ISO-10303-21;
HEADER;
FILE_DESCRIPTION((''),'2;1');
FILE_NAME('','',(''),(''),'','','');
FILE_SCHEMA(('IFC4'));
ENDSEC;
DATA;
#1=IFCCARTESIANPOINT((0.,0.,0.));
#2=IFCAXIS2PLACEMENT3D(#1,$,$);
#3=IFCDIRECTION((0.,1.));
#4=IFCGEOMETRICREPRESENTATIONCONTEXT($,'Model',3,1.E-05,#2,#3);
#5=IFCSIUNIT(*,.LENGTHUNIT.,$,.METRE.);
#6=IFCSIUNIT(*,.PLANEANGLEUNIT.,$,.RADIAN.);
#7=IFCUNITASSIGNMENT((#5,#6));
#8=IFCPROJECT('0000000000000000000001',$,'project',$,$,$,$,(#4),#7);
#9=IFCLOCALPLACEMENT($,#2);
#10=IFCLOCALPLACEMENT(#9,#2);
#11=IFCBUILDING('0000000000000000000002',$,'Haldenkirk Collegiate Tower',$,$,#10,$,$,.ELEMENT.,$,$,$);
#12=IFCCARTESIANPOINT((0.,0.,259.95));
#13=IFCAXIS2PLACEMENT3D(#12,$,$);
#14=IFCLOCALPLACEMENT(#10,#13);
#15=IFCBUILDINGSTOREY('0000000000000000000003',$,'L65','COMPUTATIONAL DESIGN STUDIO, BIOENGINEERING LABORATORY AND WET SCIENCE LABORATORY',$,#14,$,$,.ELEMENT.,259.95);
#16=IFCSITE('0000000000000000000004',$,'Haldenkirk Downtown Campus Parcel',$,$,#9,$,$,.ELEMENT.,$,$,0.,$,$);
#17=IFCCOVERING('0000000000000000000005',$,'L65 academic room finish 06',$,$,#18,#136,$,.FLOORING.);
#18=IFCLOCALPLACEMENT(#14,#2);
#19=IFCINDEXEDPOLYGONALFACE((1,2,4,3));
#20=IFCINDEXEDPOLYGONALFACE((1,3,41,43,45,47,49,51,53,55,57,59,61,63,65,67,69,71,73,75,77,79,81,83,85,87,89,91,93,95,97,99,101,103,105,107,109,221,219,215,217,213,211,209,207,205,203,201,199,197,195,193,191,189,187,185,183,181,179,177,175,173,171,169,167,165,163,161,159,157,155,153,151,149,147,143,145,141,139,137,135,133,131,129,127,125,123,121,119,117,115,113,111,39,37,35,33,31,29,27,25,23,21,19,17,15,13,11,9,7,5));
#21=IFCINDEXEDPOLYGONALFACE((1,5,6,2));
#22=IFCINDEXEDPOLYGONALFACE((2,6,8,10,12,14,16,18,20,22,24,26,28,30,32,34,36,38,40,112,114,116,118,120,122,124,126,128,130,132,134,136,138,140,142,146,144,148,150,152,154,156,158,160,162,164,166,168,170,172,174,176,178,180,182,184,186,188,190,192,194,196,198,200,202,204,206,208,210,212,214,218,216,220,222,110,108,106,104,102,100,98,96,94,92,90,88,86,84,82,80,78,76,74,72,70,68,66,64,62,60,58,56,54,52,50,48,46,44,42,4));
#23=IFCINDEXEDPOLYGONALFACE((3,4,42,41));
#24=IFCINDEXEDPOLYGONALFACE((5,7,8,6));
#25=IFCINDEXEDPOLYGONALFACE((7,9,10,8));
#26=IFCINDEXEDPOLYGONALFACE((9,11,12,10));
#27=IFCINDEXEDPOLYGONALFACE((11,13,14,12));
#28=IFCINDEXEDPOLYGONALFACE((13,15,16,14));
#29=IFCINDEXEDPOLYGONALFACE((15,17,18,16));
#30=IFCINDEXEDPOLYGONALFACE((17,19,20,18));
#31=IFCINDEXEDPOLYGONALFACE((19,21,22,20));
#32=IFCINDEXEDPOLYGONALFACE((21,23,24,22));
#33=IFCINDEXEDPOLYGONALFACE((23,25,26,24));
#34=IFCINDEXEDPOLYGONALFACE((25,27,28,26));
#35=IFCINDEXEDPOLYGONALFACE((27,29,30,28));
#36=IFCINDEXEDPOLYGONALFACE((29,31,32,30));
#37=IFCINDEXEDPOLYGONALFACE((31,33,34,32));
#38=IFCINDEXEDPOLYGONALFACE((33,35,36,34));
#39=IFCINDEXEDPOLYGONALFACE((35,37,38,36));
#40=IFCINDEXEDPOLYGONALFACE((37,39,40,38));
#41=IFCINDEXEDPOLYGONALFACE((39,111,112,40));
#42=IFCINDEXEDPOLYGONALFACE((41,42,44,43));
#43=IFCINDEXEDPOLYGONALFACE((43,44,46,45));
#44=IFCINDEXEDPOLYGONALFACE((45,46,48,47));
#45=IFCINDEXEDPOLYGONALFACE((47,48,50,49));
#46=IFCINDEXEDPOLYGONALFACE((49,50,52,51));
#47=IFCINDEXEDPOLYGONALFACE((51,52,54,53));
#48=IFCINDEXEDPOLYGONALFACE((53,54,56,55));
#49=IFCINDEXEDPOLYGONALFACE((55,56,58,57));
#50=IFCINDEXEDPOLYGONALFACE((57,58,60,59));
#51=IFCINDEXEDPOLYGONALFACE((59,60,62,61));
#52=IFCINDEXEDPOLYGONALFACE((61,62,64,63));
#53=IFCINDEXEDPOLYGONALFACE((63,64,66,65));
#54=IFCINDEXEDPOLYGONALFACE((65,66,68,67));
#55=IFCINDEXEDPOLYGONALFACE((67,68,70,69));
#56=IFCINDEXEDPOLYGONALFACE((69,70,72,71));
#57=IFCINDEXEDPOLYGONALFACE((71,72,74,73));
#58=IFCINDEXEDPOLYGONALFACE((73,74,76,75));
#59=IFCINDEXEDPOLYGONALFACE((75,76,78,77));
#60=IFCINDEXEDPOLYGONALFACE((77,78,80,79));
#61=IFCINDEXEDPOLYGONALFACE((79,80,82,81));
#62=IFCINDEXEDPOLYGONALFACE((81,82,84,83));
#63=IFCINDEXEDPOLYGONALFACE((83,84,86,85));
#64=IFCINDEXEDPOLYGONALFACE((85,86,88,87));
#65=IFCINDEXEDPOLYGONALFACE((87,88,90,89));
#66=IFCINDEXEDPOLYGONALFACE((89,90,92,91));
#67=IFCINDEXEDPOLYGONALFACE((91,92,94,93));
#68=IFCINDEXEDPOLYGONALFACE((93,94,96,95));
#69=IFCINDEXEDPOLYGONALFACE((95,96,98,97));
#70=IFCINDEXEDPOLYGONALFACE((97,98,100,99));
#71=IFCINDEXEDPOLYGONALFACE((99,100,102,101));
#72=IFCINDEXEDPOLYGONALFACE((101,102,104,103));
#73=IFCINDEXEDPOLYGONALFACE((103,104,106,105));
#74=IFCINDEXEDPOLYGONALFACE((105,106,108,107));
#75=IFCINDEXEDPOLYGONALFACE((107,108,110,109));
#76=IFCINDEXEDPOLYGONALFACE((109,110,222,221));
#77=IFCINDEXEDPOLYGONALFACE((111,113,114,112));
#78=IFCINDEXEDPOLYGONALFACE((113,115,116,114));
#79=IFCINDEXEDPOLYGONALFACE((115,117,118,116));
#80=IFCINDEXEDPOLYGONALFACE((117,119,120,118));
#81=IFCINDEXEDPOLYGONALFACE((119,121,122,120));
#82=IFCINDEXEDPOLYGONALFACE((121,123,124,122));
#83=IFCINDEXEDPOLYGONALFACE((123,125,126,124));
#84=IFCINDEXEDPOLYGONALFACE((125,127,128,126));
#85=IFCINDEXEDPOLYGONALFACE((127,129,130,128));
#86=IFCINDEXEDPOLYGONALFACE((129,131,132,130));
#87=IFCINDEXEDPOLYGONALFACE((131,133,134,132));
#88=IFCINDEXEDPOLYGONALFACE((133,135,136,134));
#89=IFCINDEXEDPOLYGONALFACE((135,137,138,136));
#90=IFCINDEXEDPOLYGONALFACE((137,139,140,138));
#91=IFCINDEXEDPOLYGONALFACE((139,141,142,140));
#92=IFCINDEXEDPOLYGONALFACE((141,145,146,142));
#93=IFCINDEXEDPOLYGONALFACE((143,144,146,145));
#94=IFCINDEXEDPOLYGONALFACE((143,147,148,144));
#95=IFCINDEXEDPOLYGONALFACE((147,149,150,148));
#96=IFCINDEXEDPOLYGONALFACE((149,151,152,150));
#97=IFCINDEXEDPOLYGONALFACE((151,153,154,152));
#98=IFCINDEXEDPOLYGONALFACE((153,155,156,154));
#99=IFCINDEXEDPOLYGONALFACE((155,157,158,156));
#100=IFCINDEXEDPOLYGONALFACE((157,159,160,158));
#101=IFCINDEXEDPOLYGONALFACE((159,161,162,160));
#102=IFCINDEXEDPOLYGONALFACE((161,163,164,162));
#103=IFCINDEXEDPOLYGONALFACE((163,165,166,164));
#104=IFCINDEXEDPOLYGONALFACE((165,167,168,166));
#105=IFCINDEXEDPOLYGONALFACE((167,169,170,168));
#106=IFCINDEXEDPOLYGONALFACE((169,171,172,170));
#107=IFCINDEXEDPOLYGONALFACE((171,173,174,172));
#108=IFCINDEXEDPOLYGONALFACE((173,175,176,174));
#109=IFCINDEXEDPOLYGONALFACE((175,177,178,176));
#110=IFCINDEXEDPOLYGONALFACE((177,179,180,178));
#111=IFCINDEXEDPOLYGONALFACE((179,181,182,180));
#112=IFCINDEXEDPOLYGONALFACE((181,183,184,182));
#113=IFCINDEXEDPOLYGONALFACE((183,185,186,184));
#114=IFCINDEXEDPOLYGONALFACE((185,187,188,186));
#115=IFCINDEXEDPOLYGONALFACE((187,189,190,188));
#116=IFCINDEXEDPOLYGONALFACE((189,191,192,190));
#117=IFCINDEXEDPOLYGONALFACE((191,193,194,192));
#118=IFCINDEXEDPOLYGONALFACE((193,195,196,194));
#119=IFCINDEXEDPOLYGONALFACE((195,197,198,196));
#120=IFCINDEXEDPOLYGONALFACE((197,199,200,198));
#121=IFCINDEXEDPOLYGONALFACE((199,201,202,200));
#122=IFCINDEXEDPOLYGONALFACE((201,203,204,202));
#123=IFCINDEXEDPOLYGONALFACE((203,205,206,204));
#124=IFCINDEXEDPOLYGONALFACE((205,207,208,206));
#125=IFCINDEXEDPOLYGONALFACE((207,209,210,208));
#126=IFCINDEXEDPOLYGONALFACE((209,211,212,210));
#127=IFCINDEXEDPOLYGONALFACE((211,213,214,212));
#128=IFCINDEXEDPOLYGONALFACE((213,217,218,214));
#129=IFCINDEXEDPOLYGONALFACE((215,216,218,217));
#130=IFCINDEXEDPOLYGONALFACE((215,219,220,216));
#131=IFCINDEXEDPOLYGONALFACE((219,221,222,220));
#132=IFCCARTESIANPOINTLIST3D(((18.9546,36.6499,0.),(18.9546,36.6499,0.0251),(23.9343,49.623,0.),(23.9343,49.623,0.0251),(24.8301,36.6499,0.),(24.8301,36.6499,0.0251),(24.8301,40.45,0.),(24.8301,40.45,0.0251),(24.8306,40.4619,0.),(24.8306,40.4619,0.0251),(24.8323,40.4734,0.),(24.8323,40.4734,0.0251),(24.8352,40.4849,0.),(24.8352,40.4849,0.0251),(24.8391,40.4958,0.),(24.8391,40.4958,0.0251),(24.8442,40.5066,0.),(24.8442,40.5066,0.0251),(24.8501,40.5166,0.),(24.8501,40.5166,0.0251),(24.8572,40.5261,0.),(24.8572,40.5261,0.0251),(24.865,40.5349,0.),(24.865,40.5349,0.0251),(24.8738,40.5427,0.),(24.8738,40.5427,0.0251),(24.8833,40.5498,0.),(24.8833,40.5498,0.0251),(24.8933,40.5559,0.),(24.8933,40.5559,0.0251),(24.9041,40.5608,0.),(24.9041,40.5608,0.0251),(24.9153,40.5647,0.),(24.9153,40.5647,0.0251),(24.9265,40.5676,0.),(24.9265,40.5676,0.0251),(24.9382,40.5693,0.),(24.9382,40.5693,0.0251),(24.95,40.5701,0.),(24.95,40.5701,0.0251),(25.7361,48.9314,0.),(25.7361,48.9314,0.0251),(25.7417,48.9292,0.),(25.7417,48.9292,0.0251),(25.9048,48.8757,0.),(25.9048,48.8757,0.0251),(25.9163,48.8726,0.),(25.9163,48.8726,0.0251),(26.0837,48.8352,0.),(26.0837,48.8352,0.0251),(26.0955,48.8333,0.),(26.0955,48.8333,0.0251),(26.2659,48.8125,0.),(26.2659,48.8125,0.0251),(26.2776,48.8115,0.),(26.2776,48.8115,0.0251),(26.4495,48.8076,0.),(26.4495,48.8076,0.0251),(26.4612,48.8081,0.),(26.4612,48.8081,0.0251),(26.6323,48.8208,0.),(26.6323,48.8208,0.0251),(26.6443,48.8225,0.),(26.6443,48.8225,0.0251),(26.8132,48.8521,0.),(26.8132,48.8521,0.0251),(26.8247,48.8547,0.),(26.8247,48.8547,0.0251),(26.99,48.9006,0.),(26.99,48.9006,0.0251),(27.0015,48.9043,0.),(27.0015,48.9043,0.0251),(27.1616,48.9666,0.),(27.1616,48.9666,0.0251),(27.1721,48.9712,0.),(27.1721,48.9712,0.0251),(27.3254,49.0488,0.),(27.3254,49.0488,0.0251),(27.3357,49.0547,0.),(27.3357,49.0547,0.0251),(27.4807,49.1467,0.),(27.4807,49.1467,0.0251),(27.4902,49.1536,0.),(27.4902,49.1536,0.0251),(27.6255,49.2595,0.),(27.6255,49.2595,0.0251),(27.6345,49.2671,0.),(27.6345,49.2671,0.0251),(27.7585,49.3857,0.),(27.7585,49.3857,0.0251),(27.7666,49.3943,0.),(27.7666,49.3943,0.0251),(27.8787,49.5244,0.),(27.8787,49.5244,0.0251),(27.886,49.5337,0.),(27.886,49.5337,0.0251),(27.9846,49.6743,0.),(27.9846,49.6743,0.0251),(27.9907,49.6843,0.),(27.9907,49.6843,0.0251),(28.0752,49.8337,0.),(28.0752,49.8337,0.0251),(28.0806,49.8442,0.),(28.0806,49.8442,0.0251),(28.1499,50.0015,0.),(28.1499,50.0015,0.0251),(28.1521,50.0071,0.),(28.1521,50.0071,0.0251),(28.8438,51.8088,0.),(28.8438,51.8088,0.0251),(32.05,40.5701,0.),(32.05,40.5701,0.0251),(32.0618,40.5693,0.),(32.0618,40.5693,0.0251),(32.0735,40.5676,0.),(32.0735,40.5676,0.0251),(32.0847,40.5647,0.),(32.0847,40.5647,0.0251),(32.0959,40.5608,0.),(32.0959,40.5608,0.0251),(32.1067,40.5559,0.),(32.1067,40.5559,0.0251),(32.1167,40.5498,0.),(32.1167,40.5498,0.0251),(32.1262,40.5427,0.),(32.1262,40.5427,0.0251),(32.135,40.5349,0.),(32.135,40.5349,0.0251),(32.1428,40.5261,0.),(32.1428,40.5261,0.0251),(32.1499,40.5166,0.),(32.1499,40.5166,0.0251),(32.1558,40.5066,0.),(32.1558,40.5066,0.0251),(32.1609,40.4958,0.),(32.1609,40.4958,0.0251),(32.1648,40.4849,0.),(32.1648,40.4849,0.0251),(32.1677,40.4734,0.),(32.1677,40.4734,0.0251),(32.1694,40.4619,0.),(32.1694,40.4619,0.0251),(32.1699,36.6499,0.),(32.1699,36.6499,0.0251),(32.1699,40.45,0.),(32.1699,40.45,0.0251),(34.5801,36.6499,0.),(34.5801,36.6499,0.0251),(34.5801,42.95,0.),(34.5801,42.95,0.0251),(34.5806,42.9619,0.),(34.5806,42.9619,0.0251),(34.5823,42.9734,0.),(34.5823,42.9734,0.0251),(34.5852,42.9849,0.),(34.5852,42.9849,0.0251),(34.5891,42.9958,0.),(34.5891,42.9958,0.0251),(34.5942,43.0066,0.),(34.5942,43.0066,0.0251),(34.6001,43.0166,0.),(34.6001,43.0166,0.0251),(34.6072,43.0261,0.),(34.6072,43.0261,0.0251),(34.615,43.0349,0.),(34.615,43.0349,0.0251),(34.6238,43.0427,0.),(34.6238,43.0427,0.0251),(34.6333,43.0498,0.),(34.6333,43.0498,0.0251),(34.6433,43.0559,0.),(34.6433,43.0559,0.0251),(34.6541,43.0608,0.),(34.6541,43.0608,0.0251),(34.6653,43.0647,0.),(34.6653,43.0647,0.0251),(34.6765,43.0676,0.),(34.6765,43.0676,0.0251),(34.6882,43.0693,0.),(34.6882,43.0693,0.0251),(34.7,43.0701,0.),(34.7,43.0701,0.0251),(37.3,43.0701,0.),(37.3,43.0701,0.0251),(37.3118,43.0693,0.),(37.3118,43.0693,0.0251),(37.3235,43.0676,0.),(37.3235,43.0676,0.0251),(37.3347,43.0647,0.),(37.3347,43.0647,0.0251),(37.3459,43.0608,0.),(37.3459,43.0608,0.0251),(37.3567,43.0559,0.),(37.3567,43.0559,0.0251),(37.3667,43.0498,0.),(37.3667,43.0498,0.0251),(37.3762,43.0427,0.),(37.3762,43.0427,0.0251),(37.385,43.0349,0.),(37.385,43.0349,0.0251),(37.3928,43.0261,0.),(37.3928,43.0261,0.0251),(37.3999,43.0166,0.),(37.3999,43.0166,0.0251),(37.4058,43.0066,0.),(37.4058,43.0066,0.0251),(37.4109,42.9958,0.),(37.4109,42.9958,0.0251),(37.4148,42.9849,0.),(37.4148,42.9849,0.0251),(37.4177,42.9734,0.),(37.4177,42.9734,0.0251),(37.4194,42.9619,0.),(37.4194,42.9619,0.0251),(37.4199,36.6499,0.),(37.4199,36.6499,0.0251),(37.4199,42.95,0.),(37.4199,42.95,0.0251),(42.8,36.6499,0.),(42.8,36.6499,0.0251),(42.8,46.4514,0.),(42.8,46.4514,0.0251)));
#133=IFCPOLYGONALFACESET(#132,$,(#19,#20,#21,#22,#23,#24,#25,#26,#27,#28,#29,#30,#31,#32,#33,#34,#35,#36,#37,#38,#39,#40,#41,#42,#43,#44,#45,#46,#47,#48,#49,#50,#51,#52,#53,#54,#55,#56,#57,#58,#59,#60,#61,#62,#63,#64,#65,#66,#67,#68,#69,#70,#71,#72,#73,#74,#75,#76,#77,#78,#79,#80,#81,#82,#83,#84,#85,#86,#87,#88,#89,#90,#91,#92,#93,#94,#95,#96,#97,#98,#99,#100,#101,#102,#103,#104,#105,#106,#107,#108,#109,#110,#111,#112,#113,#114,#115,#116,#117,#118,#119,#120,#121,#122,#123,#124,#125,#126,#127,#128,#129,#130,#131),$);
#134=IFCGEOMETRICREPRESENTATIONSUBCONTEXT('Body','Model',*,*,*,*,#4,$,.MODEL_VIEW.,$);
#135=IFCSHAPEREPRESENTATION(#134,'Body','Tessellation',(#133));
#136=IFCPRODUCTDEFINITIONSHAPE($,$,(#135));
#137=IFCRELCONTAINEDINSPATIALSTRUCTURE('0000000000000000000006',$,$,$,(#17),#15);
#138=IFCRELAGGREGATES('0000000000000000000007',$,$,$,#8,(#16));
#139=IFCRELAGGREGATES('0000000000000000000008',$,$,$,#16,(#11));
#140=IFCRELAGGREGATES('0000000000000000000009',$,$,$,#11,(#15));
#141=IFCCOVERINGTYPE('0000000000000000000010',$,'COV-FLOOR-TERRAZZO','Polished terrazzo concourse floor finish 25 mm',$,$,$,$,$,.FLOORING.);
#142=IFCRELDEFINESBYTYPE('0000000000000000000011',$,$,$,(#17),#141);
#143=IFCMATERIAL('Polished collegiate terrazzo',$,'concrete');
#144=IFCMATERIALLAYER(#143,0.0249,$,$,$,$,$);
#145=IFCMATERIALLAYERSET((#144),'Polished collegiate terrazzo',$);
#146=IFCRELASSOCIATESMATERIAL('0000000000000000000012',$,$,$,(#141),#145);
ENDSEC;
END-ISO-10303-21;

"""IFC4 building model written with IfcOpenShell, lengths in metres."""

from ifc_helpers import new_model, si_unit, direction, frame, origin, place, context, subcontext, project, spatial, polyline, outline, extrude, material, layer, layer_set, type_object, element, save


model = new_model("IFC4")

# Units and contexts
model_context = context("Model", 3, precision=1e-05, world=origin(), true_north=direction((0.0, 1.0)))
body_context = subcontext(model_context, "Body", "Model", "MODEL_VIEW")
ifc_project = project(units=[si_unit("LENGTHUNIT", "METRE"), si_unit("PLANEANGLEUNIT", "RADIAN")], contexts=[model_context])

# Site, building, storey
site_placement = place(None, origin())
site = spatial("IfcSite", under=ifc_project, at=site_placement, Name="Haldenkirk Downtown Campus Parcel", CompositionType="ELEMENT", RefElevation=0.0)
building_placement = place(site_placement, origin())
building = spatial("IfcBuilding", under=site, at=building_placement, Name="Haldenkirk Collegiate Tower", CompositionType="ELEMENT")
storey_placement = place(building_placement, frame((0.0, 0.0, 259.95)))
storey = spatial("IfcBuildingStorey", under=building, at=storey_placement, Name="L65", Description="COMPUTATIONAL DESIGN STUDIO, BIOENGINEERING LABORATORY AND WET SCIENCE LABORATORY", CompositionType="ELEMENT", Elevation=259.95)

# Covering
ifc_material_1 = material(Name="Polished collegiate terrazzo", Category="concrete")
ifc_layer_1 = layer(ifc_material_1, 0.0249)
ifc_layer_set_1 = layer_set([ifc_layer_1], Name="Polished collegiate terrazzo")
covering_type_1 = type_object("IfcCoveringType", Name="COV-FLOOR-TERRAZZO", Description="Polished terrazzo concourse floor finish 25 mm", PredefinedType="FLOORING", material=ifc_layer_set_1)
covering_1_placement = place(storey_placement, origin())
element("IfcCovering", 1, at=covering_1_placement, inside=storey, type_object=covering_type_1, Name="L65 academic room finish 06", PredefinedType="FLOORING", context=body_context, shape_type="SweptSolid", body=[
    extrude(outline(polyline([(25.7361, 48.9314), (25.7417, 48.9292), (25.9048, 48.8757), (25.9163, 48.8726), (26.0837, 48.8352), (26.0955, 48.8333), (26.2659, 48.8125), (26.2776, 48.8115), (26.4495, 48.8076), (26.4612, 48.8081), (26.6323, 48.8208), (26.6443, 48.8225), (26.8132, 48.8521), (26.8247, 48.8547), (26.99, 48.9006), (27.0015, 48.9043), (27.1616, 48.9666), (27.1721, 48.9712), (27.3254, 49.0488), (27.3357, 49.0547), (27.4807, 49.1467), (27.4902, 49.1536), (27.6255, 49.2595), (27.6345, 49.2671), (27.7585, 49.3857), (27.7666, 49.3943), (27.8787, 49.5244), (27.886, 49.5337), (27.9846, 49.6743), (27.9907, 49.6843), (28.0752, 49.8337), (28.0806, 49.8442), (28.1499, 50.0015), (28.1521, 50.0071), (28.8438, 51.8088), (42.8, 46.4514), (42.8, 36.6499), (37.4199, 36.6499), (37.4199, 42.95), (37.4194, 42.9619), (37.4177, 42.9734), (37.4148, 42.9849), (37.4109, 42.9958), (37.4058, 43.0066), (37.3999, 43.0166), (37.3928, 43.0261), (37.385, 43.0349), (37.3762, 43.0427), (37.3667, 43.0498), (37.3567, 43.0559), (37.3459, 43.0608), (37.3347, 43.0647), (37.3235, 43.0676), (37.3118, 43.0693), (37.3, 43.0701), (34.7, 43.0701), (34.6882, 43.0693), (34.6765, 43.0676), (34.6653, 43.0647), (34.6541, 43.0608), (34.6433, 43.0559), (34.6333, 43.0498), (34.6238, 43.0427), (34.615, 43.0349), (34.6072, 43.0261), (34.6001, 43.0166), (34.5942, 43.0066), (34.5891, 42.9958), (34.5852, 42.9849), (34.5823, 42.9734), (34.5806, 42.9619), (34.5801, 42.95), (34.5801, 36.6499), (32.1699, 36.6499), (32.1699, 40.45), (32.1694, 40.4619), (32.1677, 40.4734), (32.1648, 40.4849), (32.1609, 40.4958), (32.1558, 40.5066), (32.1499, 40.5166), (32.1428, 40.5261), (32.135, 40.5349), (32.1262, 40.5427), (32.1167, 40.5498), (32.1067, 40.5559), (32.0959, 40.5608), (32.0847, 40.5647), (32.0735, 40.5676), (32.0618, 40.5693), (32.05, 40.5701), (24.95, 40.5701), (24.9382, 40.5693), (24.9265, 40.5676), (24.9153, 40.5647), (24.9041, 40.5608), (24.8933, 40.5559), (24.8833, 40.5498), (24.8738, 40.5427), (24.865, 40.5349), (24.8572, 40.5261), (24.8501, 40.5166), (24.8442, 40.5066), (24.8391, 40.4958), (24.8352, 40.4849), (24.8323, 40.4734), (24.8306, 40.4619), (24.8301, 40.45), (24.8301, 36.6499), (18.9546, 36.6499), (23.9343, 49.623), (25.7361, 48.9314)])), origin(), (0.0, 0.0, 1.0), 0.0251),
])

save(model, "model.ifc")
